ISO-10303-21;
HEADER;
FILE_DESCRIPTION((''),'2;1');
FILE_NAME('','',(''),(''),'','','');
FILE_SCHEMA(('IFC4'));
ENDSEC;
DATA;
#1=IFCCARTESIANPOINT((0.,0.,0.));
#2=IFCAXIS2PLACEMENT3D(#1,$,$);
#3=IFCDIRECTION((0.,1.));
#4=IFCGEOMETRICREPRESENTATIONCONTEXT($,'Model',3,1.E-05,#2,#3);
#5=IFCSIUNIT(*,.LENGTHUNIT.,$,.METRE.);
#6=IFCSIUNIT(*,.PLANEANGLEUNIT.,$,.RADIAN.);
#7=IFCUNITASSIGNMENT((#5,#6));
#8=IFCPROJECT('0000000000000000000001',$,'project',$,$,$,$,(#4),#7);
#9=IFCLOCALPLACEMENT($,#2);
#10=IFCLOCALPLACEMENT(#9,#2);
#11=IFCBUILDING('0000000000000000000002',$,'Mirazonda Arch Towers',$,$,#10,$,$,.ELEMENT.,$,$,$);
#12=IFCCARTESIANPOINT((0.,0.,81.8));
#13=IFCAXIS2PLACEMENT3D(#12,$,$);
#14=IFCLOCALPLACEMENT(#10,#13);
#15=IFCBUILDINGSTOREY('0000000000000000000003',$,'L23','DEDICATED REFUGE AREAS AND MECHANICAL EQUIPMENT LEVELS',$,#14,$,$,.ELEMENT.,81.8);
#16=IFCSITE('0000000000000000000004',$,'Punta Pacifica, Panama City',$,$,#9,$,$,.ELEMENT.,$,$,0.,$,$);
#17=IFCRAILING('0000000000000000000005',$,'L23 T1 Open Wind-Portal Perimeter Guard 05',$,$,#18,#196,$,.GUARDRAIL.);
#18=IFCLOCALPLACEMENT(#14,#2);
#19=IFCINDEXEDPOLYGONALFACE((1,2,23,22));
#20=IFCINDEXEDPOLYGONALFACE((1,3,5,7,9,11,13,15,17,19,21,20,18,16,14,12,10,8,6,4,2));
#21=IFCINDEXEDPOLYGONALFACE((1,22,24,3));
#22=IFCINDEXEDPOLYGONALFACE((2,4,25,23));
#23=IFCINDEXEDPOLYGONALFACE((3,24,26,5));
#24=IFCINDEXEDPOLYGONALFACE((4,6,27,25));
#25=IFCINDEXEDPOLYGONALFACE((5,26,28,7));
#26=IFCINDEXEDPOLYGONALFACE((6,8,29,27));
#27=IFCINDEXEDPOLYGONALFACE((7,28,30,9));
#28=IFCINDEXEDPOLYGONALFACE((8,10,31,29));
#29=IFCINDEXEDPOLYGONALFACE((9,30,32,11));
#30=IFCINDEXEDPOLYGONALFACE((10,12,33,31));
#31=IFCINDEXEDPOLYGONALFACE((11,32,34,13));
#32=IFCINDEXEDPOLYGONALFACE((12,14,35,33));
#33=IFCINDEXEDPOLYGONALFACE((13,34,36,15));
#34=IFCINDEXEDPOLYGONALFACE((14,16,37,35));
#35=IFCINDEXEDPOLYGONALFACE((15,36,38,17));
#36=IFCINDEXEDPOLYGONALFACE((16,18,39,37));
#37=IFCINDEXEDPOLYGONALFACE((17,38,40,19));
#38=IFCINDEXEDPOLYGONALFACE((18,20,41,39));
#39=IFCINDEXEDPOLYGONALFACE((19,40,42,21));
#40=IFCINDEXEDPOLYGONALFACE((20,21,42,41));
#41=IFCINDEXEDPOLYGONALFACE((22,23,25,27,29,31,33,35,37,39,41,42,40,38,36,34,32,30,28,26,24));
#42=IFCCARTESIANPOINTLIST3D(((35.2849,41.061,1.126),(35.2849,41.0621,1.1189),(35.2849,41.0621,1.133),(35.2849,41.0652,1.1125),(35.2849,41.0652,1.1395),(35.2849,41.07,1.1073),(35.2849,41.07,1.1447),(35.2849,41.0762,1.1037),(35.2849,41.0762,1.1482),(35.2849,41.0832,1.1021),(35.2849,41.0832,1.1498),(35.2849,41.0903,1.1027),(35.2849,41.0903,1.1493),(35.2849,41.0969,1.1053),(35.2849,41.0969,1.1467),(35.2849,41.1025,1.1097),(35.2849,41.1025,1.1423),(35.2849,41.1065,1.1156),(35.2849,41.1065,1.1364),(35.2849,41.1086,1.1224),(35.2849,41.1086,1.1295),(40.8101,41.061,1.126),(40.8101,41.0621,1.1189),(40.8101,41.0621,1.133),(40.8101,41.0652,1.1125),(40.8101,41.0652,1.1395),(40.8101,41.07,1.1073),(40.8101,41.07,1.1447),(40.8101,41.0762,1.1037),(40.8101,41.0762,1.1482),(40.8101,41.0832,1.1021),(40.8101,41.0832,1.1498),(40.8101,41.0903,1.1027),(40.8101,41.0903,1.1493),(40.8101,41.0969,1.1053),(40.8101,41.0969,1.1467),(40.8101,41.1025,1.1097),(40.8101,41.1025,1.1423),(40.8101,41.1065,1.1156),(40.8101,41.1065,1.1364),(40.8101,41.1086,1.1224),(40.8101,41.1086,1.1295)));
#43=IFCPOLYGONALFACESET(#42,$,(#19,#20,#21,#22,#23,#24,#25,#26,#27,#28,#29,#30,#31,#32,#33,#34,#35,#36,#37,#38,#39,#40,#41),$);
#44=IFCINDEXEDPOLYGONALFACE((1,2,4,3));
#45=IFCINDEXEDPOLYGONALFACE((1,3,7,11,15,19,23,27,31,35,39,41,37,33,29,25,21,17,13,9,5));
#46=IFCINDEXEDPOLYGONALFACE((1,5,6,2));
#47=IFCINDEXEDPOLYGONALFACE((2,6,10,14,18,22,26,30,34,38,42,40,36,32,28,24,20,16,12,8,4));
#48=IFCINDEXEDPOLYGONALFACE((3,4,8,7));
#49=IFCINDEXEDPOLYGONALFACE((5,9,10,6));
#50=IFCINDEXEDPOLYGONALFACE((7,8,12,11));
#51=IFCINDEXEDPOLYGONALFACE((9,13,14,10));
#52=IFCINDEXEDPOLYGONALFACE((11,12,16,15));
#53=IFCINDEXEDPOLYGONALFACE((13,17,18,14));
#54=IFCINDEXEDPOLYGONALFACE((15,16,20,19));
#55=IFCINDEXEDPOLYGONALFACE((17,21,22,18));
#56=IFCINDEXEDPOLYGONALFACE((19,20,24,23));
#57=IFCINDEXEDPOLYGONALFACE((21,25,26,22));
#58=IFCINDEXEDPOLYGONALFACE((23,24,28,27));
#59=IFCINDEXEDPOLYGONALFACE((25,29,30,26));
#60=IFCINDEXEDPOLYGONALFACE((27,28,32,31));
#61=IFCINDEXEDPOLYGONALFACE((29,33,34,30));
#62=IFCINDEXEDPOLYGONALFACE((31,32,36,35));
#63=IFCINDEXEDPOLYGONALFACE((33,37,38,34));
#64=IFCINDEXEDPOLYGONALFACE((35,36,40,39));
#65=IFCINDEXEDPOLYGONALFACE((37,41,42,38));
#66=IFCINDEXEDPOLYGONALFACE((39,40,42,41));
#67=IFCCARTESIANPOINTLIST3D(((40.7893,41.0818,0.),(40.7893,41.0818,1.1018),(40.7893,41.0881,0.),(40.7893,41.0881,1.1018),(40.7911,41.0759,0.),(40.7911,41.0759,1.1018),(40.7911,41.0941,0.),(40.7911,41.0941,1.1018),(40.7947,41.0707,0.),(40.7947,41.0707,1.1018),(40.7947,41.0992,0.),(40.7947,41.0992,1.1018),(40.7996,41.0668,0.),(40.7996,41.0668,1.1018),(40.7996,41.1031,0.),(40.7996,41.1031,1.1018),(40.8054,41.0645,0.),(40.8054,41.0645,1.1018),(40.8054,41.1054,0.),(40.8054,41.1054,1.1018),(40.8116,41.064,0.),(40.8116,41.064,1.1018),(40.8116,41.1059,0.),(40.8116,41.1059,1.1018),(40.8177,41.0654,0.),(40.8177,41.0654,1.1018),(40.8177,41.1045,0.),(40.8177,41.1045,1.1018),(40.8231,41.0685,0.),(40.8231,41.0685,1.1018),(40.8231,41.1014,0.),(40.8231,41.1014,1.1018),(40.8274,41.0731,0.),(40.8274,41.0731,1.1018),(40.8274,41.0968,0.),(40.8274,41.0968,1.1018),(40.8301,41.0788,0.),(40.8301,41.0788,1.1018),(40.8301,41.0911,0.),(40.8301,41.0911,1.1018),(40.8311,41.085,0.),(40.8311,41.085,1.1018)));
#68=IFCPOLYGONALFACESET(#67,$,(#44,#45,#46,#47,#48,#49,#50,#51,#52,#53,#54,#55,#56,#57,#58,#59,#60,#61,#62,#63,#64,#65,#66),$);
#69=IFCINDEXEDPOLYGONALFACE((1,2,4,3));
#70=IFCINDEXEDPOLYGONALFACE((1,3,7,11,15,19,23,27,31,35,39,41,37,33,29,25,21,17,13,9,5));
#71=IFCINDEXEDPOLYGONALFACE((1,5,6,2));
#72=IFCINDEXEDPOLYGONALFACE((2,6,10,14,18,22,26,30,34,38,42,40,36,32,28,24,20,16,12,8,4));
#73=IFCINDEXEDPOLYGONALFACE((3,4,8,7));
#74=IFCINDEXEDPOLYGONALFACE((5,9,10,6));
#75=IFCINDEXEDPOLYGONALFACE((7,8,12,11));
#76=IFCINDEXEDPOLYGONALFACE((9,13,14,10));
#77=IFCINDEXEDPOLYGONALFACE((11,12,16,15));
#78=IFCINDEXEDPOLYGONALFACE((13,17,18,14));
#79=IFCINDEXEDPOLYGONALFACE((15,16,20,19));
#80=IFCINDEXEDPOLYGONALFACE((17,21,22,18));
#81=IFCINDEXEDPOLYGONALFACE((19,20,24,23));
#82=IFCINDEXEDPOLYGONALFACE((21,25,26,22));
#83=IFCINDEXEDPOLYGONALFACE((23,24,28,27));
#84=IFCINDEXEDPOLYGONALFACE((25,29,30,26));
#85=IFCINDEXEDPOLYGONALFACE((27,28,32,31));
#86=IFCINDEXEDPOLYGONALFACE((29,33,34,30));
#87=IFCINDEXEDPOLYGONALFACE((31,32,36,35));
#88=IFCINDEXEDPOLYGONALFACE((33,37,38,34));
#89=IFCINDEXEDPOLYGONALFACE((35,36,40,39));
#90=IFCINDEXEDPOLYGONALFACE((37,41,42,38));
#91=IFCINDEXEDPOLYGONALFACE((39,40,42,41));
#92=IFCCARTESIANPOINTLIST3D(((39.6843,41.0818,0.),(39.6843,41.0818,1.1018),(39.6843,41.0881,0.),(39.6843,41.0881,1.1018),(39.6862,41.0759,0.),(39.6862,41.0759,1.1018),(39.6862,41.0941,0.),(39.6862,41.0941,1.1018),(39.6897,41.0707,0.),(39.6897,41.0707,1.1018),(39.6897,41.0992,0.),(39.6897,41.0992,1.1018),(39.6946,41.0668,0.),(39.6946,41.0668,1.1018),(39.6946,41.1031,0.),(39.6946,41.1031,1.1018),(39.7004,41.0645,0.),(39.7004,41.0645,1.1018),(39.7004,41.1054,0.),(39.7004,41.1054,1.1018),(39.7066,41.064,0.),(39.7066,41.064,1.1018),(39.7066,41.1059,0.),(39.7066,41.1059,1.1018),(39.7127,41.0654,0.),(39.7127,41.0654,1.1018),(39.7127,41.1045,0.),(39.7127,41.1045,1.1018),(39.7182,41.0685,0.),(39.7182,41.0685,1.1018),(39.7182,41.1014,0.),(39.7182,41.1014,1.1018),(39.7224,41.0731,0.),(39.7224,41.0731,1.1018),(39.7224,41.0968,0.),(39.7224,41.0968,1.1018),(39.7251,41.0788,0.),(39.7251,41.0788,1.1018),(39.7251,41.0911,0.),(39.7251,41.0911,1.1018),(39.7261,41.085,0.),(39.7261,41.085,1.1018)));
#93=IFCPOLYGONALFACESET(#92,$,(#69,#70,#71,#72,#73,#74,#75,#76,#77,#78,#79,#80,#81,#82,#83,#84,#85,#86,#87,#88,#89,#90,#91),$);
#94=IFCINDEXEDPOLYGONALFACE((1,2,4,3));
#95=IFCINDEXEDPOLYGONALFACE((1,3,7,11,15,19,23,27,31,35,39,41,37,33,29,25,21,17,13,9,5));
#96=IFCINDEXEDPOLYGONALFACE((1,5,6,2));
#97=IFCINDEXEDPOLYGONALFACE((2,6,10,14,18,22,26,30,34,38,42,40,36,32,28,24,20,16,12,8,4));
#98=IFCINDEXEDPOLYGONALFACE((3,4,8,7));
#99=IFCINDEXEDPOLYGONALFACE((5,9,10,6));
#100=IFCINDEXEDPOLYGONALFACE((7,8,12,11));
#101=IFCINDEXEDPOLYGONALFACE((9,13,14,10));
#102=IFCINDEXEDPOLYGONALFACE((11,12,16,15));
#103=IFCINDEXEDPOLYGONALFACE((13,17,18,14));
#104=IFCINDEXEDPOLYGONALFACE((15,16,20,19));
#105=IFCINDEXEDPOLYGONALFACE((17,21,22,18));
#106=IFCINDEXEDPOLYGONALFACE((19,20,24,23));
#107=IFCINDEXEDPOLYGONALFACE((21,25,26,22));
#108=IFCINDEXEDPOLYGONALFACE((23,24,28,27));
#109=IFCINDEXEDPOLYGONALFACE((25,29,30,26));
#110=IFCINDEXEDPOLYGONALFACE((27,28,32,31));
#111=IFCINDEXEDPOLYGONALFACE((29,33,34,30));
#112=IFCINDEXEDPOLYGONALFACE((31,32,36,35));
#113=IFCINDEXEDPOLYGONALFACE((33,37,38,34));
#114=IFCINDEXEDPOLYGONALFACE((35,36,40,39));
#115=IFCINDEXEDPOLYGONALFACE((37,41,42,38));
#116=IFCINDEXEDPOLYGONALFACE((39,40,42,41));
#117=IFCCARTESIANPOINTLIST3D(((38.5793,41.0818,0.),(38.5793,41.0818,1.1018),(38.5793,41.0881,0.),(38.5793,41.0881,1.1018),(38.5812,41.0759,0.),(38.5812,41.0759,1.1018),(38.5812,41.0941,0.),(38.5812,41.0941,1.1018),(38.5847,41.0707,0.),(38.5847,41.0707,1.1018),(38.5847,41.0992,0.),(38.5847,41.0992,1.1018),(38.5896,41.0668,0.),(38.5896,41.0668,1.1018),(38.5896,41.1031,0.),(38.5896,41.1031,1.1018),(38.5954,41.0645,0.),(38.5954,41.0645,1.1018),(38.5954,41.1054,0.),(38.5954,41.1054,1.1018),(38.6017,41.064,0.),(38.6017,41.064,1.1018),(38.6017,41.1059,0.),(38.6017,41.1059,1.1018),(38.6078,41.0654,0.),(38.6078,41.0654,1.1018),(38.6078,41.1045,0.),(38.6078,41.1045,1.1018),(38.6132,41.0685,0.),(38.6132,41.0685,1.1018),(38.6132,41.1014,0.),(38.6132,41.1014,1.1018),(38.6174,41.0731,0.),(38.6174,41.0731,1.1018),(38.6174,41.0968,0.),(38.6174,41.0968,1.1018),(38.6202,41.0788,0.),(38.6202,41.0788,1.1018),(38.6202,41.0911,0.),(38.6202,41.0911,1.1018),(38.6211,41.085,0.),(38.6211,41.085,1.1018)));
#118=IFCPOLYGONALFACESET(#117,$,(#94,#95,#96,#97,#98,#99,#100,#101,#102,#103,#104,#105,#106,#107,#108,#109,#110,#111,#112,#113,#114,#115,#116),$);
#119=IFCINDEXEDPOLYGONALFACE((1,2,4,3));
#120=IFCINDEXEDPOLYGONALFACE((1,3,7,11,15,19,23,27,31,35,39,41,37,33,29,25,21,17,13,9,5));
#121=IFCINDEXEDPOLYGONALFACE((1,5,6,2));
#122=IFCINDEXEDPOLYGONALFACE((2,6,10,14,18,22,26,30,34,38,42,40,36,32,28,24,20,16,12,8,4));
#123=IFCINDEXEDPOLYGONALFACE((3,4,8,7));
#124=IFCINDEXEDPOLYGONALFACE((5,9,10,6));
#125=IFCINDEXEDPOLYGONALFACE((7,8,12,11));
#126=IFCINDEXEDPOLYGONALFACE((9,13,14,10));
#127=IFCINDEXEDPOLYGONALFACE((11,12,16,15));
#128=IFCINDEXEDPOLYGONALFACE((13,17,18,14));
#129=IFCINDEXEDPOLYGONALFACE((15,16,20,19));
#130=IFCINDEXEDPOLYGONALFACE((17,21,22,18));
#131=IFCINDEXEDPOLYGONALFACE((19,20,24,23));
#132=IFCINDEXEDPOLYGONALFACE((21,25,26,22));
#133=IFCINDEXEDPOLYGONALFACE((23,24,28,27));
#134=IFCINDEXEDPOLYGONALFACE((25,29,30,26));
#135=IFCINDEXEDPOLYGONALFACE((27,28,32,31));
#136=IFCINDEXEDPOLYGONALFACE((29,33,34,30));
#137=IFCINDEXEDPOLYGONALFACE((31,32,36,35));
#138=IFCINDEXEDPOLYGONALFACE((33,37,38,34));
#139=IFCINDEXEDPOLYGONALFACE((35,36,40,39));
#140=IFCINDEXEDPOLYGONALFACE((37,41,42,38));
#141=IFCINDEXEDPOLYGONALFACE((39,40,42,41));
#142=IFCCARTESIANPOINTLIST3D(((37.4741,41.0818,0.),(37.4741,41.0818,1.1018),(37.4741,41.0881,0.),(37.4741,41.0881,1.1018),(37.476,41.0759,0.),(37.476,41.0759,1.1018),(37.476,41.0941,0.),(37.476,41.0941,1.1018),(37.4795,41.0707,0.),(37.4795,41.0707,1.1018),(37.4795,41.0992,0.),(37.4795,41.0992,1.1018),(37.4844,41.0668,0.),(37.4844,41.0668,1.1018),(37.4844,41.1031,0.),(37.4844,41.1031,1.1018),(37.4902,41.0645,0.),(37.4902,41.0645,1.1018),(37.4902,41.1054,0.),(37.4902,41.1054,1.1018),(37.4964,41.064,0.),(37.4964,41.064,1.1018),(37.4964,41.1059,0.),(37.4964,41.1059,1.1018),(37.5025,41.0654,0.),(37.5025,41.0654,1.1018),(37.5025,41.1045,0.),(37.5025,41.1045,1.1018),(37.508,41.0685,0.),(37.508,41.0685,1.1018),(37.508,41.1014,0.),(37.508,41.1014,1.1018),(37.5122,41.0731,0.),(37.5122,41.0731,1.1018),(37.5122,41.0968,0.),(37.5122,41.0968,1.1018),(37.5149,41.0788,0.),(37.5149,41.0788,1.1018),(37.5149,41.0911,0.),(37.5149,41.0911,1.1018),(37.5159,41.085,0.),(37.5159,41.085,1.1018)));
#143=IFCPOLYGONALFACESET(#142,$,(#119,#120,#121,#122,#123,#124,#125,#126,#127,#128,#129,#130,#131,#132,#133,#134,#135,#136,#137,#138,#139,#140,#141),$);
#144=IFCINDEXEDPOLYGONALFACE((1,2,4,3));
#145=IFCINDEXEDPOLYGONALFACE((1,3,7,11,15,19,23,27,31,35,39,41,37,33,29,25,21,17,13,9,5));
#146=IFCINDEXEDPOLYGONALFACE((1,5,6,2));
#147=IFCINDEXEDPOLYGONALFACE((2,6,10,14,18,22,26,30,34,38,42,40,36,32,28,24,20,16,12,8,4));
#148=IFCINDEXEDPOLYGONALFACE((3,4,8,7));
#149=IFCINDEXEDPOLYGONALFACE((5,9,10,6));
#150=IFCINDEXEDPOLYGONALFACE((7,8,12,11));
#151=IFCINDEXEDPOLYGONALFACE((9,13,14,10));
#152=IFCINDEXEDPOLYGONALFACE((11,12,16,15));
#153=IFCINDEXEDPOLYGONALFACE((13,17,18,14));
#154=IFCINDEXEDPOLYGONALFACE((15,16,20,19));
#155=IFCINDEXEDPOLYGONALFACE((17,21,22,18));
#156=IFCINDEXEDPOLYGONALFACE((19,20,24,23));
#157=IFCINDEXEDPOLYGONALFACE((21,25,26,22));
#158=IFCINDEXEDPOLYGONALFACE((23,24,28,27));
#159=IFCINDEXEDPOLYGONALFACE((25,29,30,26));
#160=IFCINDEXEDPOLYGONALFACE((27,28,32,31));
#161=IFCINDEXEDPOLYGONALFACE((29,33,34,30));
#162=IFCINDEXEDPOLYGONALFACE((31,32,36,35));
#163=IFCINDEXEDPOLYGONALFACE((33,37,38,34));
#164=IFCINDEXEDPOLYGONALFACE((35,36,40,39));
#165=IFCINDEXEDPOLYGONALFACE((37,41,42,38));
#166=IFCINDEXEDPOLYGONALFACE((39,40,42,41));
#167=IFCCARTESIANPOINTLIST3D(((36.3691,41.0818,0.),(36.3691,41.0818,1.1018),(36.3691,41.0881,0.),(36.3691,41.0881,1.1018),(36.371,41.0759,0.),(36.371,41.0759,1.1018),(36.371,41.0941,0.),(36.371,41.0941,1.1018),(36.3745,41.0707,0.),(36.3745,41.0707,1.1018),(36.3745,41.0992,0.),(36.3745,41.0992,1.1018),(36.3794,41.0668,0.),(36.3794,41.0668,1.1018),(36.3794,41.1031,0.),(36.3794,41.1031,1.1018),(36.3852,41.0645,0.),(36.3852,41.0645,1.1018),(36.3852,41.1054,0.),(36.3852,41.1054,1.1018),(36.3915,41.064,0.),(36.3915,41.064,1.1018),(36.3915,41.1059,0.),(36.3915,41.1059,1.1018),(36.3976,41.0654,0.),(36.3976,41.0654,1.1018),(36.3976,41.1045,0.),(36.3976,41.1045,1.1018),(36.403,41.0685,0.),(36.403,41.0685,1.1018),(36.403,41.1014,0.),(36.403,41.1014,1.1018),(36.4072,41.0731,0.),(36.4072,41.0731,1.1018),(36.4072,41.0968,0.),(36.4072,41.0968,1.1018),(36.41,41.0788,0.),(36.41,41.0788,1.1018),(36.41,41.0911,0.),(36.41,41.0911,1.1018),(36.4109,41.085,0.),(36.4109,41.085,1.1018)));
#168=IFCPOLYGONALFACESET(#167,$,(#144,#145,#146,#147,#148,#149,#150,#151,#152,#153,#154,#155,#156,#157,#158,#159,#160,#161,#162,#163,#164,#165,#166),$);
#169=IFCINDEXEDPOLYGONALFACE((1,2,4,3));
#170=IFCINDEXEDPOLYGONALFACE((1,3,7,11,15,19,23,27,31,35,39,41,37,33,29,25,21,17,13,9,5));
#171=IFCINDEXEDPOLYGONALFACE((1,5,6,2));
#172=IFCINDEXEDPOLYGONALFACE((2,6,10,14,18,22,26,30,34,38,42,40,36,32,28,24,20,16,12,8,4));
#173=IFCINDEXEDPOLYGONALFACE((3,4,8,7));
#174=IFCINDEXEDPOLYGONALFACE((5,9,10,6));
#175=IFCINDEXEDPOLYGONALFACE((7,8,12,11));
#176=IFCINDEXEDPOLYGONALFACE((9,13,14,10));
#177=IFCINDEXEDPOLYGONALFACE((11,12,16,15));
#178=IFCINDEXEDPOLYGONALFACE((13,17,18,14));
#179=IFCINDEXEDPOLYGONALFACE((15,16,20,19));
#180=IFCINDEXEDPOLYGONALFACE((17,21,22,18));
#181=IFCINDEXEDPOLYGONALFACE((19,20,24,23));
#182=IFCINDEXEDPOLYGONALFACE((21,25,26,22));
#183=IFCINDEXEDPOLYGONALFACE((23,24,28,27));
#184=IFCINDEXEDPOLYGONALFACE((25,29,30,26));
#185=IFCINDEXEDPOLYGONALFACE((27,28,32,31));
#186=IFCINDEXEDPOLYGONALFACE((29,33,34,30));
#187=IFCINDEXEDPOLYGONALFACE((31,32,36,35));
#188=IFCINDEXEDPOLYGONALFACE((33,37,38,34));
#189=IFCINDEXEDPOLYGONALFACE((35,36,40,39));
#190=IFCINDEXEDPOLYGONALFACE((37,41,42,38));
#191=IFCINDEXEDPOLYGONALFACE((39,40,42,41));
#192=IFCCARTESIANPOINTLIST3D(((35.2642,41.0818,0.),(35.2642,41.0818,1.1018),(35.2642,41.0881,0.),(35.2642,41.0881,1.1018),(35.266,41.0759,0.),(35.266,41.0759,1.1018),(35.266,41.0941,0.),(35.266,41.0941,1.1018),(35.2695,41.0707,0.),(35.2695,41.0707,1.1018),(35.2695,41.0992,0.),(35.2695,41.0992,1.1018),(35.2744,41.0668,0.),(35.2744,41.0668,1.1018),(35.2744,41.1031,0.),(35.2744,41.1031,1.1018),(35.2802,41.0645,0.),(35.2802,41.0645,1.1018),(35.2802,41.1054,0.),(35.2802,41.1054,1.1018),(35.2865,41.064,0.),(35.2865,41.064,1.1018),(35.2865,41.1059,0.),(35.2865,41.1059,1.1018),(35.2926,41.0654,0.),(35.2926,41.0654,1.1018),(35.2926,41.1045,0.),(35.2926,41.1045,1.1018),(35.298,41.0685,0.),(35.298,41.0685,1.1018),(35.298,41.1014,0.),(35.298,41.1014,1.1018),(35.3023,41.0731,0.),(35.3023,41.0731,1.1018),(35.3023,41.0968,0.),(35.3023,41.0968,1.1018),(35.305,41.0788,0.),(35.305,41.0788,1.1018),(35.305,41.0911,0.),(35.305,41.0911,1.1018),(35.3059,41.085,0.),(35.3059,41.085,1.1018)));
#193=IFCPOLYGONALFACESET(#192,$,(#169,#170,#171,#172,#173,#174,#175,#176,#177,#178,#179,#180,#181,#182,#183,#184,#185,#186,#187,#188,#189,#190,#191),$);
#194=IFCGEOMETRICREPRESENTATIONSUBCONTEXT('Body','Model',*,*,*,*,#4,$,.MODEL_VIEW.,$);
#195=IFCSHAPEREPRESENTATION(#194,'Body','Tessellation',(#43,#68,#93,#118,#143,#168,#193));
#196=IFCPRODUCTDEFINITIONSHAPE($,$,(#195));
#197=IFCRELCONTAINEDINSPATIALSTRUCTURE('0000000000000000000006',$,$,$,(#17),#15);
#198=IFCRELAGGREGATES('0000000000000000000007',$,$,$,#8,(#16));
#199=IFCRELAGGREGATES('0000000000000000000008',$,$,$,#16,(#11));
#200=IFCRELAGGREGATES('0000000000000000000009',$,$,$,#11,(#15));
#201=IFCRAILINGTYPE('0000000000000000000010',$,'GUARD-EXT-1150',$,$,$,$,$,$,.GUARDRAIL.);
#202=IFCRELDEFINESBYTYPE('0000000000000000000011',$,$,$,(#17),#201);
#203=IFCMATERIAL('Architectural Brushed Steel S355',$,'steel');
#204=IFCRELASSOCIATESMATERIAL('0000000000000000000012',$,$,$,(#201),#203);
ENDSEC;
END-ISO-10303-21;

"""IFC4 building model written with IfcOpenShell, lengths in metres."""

from ifc_helpers import new_model, si_unit, direction, frame, origin, origin_2d, place, context, subcontext, project, spatial, circle, extrude, material, type_object, element, save


model = new_model("IFC4")

# Units and contexts
model_context = context("Model", 3, precision=1e-05, world=origin(), true_north=direction((0.0, 1.0)))
body_context = subcontext(model_context, "Body", "Model", "MODEL_VIEW")
ifc_project = project(units=[si_unit("LENGTHUNIT", "METRE"), si_unit("PLANEANGLEUNIT", "RADIAN")], contexts=[model_context])

# Site, building, storey
site_placement = place(None, origin())
site = spatial("IfcSite", under=ifc_project, at=site_placement, Name="Punta Pacifica, Panama City", CompositionType="ELEMENT", RefElevation=0.0)
building_placement = place(site_placement, origin())
building = spatial("IfcBuilding", under=site, at=building_placement, Name="Mirazonda Arch Towers", CompositionType="ELEMENT")
storey_placement = place(building_placement, frame((0.0, 0.0, 81.8)))
storey = spatial("IfcBuildingStorey", under=building, at=storey_placement, Name="L23", Description="DEDICATED REFUGE AREAS AND MECHANICAL EQUIPMENT LEVELS", CompositionType="ELEMENT", Elevation=81.8)

# Railing
ifc_material_1 = material(Name="Architectural Brushed Steel S355", Category="steel")
railing_type = type_object("IfcRailingType", Name="GUARD-EXT-1150", PredefinedType="GUARDRAIL", material=ifc_material_1)
railing_1_placement = place(storey_placement, frame((40.8101, 41.085, 0.0)))
element("IfcRailing", 1, at=railing_1_placement, inside=storey, type_object=railing_type, Name="L23 T1 Open Wind-Portal Perimeter Guard 05", PredefinedType="GUARDRAIL", context=body_context, shape_type="SweptSolid", body=[
    extrude(circle(Radius=0.0239, at=origin_2d()), frame((0.0, 0.0, 1.126), z_axis=(-1.0, 0.0, 0.0), x_axis=(0.0, -1.0, 0.0)), (0.0, 0.0, 1.0), 5.5251),
    extrude(circle(Radius=0.021, at=origin_2d()), origin(), (0.0, 0.0, 1.0), 1.1018),
    extrude(circle(Radius=0.021, at=origin_2d()), frame((-1.105, 0.0, 0.0)), (0.0, 0.0, 1.0), 1.1018),
    extrude(circle(Radius=0.021, at=origin_2d()), frame((-2.21, 0.0, 0.0)), (0.0, 0.0, 1.0), 1.1018),
    extrude(circle(Radius=0.021, at=origin_2d()), frame((-3.3152, 0.0, 0.0)), (0.0, 0.0, 1.0), 1.1018),
    extrude(circle(Radius=0.021, at=origin_2d()), frame((-4.4202, 0.0, 0.0)), (0.0, 0.0, 1.0), 1.1018),
    extrude(circle(Radius=0.021, at=origin_2d()), frame((-5.5251, 0.0, 0.0)), (0.0, 0.0, 1.0), 1.1018),
])

save(model, "model.ifc")
